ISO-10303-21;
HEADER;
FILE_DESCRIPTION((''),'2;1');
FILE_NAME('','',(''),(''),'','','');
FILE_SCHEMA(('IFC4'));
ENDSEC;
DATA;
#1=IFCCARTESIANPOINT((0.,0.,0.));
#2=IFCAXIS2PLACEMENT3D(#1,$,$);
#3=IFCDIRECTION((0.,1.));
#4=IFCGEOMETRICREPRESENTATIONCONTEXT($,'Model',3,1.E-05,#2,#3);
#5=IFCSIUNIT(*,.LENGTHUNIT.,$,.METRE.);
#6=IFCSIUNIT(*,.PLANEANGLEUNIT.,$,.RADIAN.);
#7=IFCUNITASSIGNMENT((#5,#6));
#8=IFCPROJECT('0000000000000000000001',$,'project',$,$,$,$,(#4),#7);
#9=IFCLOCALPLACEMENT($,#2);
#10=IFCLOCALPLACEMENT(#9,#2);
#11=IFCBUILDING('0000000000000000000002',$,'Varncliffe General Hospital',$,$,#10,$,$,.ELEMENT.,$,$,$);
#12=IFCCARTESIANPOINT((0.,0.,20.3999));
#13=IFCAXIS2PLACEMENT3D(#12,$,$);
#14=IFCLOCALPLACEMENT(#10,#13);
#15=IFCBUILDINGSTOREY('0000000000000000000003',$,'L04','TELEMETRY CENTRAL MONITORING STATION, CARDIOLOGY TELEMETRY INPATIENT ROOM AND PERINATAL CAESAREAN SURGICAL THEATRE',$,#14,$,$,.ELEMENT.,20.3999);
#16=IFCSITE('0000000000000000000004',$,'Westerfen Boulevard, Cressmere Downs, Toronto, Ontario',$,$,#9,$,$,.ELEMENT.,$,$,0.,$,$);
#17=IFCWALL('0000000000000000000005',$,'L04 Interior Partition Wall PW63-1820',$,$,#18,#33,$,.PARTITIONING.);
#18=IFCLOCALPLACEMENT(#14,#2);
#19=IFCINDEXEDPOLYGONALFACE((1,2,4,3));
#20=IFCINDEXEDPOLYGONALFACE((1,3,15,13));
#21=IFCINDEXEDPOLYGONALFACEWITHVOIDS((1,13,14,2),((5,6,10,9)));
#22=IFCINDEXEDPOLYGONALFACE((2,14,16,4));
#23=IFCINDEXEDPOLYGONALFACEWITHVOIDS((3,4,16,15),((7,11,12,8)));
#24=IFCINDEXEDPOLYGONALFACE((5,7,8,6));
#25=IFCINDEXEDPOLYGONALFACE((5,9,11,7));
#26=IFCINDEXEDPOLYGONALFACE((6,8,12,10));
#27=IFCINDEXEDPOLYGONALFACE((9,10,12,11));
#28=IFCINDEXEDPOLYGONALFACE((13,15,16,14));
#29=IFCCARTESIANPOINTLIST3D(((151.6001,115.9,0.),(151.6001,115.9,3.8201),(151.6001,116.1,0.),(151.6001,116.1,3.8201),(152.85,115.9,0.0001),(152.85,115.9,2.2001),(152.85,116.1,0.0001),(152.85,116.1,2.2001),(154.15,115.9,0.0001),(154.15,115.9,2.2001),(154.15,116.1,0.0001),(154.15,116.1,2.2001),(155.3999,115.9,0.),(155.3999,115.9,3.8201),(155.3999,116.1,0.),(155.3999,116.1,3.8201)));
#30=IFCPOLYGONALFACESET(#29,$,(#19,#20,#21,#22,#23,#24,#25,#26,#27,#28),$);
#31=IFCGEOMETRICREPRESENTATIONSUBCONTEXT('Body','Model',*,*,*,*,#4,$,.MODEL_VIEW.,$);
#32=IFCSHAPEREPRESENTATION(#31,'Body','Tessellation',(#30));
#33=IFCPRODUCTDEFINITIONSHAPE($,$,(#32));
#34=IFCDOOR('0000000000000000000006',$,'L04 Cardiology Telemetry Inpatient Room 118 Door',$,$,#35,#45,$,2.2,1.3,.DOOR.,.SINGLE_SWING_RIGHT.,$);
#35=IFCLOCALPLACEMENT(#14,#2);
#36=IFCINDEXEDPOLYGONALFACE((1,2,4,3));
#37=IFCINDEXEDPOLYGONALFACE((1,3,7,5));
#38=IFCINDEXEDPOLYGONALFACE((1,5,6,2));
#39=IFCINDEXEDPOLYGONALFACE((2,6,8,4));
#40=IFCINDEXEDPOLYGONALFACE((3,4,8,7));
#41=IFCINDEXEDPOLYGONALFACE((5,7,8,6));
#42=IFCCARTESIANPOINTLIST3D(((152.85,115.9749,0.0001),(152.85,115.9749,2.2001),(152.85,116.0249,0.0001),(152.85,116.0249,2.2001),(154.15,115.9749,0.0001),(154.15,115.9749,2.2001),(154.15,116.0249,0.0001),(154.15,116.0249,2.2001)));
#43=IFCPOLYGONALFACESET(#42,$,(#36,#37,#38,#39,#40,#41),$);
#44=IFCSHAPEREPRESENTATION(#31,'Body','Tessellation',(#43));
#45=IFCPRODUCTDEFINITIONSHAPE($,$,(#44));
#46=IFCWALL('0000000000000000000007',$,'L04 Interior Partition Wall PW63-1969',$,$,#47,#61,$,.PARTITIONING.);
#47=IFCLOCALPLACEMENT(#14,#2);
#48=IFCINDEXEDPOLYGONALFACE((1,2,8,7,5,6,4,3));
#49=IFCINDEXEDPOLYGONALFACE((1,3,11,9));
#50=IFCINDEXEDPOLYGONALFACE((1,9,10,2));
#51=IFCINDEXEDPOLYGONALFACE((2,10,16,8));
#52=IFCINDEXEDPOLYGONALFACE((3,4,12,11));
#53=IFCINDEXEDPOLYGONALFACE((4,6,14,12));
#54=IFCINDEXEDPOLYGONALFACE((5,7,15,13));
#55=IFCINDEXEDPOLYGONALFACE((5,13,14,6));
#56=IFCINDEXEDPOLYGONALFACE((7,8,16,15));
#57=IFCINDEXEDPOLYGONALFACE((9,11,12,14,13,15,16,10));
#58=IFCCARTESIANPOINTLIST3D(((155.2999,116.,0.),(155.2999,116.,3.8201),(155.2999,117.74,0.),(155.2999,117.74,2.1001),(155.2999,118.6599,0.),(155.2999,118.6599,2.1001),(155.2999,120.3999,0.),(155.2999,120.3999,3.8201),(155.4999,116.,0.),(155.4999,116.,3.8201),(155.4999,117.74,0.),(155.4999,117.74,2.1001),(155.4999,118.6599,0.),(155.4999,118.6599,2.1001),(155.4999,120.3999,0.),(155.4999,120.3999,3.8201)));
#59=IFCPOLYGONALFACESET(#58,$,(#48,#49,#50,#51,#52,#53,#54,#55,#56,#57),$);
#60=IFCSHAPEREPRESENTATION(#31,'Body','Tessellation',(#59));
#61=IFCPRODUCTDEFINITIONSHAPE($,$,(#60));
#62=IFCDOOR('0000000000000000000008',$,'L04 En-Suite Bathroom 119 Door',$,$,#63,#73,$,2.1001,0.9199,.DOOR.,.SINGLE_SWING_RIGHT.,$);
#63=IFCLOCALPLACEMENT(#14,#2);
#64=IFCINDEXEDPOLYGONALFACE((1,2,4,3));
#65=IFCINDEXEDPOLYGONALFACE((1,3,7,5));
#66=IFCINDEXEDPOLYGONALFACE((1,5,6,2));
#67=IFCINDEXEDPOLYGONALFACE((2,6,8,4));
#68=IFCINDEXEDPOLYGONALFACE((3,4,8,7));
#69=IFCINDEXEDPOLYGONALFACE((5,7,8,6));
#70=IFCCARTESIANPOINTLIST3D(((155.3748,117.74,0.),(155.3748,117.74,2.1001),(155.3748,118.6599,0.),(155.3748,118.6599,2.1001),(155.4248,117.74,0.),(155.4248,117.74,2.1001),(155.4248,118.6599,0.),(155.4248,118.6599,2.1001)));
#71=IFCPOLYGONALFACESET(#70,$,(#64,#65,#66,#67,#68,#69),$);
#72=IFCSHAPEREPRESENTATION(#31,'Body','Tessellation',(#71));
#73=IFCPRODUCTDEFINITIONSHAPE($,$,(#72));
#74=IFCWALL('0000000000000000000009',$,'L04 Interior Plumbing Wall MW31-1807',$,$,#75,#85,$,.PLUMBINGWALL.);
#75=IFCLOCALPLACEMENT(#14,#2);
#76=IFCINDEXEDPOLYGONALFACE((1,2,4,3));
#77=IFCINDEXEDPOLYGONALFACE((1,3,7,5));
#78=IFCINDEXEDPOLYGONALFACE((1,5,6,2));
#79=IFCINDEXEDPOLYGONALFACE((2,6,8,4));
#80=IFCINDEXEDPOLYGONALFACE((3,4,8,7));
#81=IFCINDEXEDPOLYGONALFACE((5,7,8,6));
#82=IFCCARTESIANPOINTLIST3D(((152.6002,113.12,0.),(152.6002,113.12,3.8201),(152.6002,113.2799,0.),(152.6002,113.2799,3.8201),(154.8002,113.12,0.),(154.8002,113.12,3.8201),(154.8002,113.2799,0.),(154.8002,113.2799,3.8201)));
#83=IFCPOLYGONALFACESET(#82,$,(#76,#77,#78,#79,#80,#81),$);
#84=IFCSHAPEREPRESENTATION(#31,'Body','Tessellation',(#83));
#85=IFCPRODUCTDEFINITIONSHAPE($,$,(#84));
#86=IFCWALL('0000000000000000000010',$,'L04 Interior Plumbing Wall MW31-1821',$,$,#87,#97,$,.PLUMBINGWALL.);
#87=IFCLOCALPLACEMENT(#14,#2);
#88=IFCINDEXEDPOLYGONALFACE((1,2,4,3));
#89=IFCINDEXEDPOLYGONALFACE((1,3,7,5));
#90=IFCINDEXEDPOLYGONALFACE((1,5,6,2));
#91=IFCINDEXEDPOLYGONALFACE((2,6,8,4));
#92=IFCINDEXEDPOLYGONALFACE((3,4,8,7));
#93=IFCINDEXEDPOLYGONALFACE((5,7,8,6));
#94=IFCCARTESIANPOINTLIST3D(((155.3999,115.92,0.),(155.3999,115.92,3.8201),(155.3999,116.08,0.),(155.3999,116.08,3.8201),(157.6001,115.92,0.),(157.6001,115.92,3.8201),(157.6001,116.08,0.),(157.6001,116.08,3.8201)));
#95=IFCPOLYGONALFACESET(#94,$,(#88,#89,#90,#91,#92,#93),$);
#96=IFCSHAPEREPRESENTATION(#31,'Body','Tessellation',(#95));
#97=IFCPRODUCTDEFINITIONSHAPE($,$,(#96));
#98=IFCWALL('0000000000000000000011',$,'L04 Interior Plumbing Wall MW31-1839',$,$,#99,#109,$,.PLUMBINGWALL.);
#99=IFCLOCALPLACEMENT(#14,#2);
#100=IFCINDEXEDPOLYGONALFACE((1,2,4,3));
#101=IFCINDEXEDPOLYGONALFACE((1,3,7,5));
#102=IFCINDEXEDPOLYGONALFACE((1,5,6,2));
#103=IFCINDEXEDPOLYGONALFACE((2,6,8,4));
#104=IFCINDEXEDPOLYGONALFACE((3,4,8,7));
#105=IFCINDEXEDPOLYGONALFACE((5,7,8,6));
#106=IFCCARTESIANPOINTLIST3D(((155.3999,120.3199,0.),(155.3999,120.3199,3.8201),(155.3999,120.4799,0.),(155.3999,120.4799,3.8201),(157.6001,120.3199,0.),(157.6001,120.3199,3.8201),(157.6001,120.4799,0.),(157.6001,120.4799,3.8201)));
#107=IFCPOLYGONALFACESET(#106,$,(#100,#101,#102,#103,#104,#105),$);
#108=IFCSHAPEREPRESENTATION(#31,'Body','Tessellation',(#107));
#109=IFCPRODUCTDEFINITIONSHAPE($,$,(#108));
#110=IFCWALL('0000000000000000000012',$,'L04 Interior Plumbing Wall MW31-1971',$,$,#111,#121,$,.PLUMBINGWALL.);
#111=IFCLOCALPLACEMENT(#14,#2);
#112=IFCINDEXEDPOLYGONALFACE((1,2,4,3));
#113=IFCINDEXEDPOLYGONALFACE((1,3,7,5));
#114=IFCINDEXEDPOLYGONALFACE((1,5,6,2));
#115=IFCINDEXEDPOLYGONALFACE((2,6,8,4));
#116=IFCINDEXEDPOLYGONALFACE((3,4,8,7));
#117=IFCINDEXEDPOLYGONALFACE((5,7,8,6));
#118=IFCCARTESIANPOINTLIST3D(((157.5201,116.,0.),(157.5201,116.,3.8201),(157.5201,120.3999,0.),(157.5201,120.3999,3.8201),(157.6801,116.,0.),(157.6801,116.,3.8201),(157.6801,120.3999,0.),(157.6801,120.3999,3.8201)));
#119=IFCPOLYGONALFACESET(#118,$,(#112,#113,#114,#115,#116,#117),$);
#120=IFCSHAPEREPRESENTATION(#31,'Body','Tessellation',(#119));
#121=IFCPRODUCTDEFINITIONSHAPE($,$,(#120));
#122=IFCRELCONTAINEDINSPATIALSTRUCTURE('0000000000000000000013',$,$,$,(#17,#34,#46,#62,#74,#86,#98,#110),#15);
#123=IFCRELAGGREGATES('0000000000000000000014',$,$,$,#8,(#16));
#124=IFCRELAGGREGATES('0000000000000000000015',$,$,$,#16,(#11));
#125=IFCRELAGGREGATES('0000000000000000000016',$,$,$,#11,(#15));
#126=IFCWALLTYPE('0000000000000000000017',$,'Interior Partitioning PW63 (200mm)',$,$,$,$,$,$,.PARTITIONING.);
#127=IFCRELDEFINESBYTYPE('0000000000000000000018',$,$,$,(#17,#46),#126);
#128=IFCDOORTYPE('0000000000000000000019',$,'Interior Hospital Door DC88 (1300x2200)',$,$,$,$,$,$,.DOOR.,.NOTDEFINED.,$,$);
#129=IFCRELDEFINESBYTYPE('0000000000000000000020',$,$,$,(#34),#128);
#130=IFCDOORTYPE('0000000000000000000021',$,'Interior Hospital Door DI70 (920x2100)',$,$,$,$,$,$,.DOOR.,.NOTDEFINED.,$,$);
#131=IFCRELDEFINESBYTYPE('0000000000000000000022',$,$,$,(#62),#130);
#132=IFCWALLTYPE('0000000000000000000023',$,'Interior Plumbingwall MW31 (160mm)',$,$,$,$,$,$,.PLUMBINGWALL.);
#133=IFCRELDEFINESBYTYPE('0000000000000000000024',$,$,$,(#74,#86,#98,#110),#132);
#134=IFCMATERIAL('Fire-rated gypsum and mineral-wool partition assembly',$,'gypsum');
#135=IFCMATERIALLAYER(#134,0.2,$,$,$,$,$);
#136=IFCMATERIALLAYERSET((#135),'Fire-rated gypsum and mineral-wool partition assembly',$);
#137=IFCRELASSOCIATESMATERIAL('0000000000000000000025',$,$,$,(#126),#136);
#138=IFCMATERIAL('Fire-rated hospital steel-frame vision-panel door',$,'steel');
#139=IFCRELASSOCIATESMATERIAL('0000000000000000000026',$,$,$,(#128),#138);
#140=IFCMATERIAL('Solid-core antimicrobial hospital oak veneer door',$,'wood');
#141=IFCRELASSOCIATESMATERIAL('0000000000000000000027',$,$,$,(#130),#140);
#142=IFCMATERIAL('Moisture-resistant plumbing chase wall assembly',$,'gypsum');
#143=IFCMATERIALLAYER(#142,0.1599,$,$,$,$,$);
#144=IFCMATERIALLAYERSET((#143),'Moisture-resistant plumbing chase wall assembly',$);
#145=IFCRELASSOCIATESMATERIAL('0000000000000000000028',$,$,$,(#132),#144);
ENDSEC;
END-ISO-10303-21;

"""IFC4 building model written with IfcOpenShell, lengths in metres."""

from ifc_helpers import new_model, si_unit, direction, frame, frame_2d, origin, place, context, subcontext, project, spatial, rectangle, extrude, material, layer, layer_set, type_object, element, fill, save


model = new_model("IFC4")

# Units and contexts
model_context = context("Model", 3, precision=1e-05, world=origin(), true_north=direction((0.0, 1.0)))
body_context = subcontext(model_context, "Body", "Model", "MODEL_VIEW")
ifc_project = project(units=[si_unit("LENGTHUNIT", "METRE"), si_unit("PLANEANGLEUNIT", "RADIAN")], contexts=[model_context])

# Site, building, storey
site_placement = place(None, origin())
site = spatial("IfcSite", under=ifc_project, at=site_placement, Name="Westerfen Boulevard, Cressmere Downs, Toronto, Ontario", CompositionType="ELEMENT", RefElevation=0.0)
building_placement = place(site_placement, origin())
building = spatial("IfcBuilding", under=site, at=building_placement, Name="Varncliffe General Hospital", CompositionType="ELEMENT")
storey_placement = place(building_placement, frame((0.0, 0.0, 20.3999)))
storey = spatial("IfcBuildingStorey", under=building, at=storey_placement, Name="L04", Description="TELEMETRY CENTRAL MONITORING STATION, CARDIOLOGY TELEMETRY INPATIENT ROOM AND PERINATAL CAESAREAN SURGICAL THEATRE", CompositionType="ELEMENT", Elevation=20.3999)

# Walls, openings, doors
ifc_material_1 = material(Name="Fire-rated gypsum and mineral-wool partition assembly", Category="gypsum")
ifc_layer_1 = layer(ifc_material_1, 0.2)
ifc_layer_set_1 = layer_set([ifc_layer_1], Name="Fire-rated gypsum and mineral-wool partition assembly")
wall_type_1 = type_object("IfcWallType", Name="Interior Partitioning PW63 (200mm)", PredefinedType="PARTITIONING", material=ifc_layer_set_1)
wall_1_placement = place(storey_placement, frame((151.6001, 116.0, 0.0), z_axis=(0.0, 0.0, 1.0), x_axis=(1.0, 0.0, 0.0)))
wall_1 = element("IfcWall", 1, at=wall_1_placement, inside=storey, type_object=wall_type_1, Name="L04 Interior Partition Wall PW63-1820", PredefinedType="PARTITIONING", context=body_context, shape_type="SweptSolid", body=[
    extrude(rectangle(XDim=3.7998, YDim=0.2, at=frame_2d((1.8999, 0.0))), origin(), (0.0, 0.0, 1.0), 3.8201),
])
opening_1_placement = place(wall_1_placement, frame((1.25, 0.0, 0.0)))
opening_1 = element("IfcOpeningElement", 2, at=opening_1_placement, cuts=wall_1, PredefinedType="OPENING", context=body_context, shape_type="SweptSolid", body=[
    extrude(rectangle(XDim=1.3, YDim=2.2, at=frame_2d((0.6499, 1.1001))), frame((0.0, 0.1099, 0.0), z_axis=(0.0, -1.0, 0.0), x_axis=(1.0, 0.0, 0.0)), (0.0, 0.0, 1.0), 0.22),
])
ifc_material_2 = material(Name="Fire-rated hospital steel-frame vision-panel door", Category="steel")
door_type_1 = type_object("IfcDoorType", Name="Interior Hospital Door DC88 (1300x2200)", OperationType="NOTDEFINED", PredefinedType="DOOR", material=ifc_material_2)
door_1_placement = place(opening_1_placement, origin())
door_1 = element("IfcDoor", 3, at=door_1_placement, inside=storey, type_object=door_type_1, Name="L04 Cardiology Telemetry Inpatient Room 118 Door", OperationType="SINGLE_SWING_RIGHT", OverallHeight=2.2, OverallWidth=1.3, PredefinedType="DOOR", context=body_context, shape_type="SweptSolid", body=[
    extrude(rectangle(XDim=1.3, YDim=2.2, at=frame_2d((0.6499, 1.1001))), frame((0.0, 0.0249, 0.0), z_axis=(0.0, -1.0, 0.0), x_axis=(1.0, 0.0, 0.0)), (0.0, 0.0, 1.0), 0.05),
])
fill(opening_1, door_1)
wall_2_placement = place(storey_placement, frame((155.3999, 116.0, 0.0), z_axis=(0.0, 0.0, 1.0), x_axis=(0.0, 1.0, 0.0)))
wall_2 = element("IfcWall", 4, at=wall_2_placement, inside=storey, type_object=wall_type_1, Name="L04 Interior Partition Wall PW63-1969", PredefinedType="PARTITIONING", context=body_context, shape_type="SweptSolid", body=[
    extrude(rectangle(XDim=4.3999, YDim=0.2, at=frame_2d((2.2, 0.0))), origin(), (0.0, 0.0, 1.0), 3.8201),
])
opening_2_placement = place(wall_2_placement, frame((1.74, 0.0, 0.0)))
opening_2 = element("IfcOpeningElement", 5, at=opening_2_placement, cuts=wall_2, PredefinedType="OPENING", context=body_context, shape_type="SweptSolid", body=[
    extrude(rectangle(XDim=0.9199, YDim=2.1001, at=frame_2d((0.46, 1.05))), frame((0.0, 0.1099, 0.0), z_axis=(0.0, -1.0, 0.0), x_axis=(1.0, 0.0, 0.0)), (0.0, 0.0, 1.0), 0.22),
])
ifc_material_3 = material(Name="Solid-core antimicrobial hospital oak veneer door", Category="wood")
door_type_2 = type_object("IfcDoorType", Name="Interior Hospital Door DI70 (920x2100)", OperationType="NOTDEFINED", PredefinedType="DOOR", material=ifc_material_3)
door_2_placement = place(opening_2_placement, frame((0.9199, 0.0, 0.0), z_axis=(0.0, 0.0, 1.0), x_axis=(-1.0, 0.0, 0.0)))
door_2 = element("IfcDoor", 6, at=door_2_placement, inside=storey, type_object=door_type_2, Name="L04 En-Suite Bathroom 119 Door", OperationType="SINGLE_SWING_RIGHT", OverallHeight=2.1001, OverallWidth=0.9199, PredefinedType="DOOR", context=body_context, shape_type="SweptSolid", body=[
    extrude(rectangle(XDim=0.9199, YDim=2.1001, at=frame_2d((0.46, 1.05))), frame((0.0, 0.0249, 0.0), z_axis=(0.0, -1.0, 0.0), x_axis=(1.0, 0.0, 0.0)), (0.0, 0.0, 1.0), 0.05),
])
fill(opening_2, door_2)

# Walls
ifc_material_4 = material(Name="Moisture-resistant plumbing chase wall assembly", Category="gypsum")
ifc_layer_2 = layer(ifc_material_4, 0.1599)
ifc_layer_set_2 = layer_set([ifc_layer_2], Name="Moisture-resistant plumbing chase wall assembly")
wall_type_2 = type_object("IfcWallType", Name="Interior Plumbingwall MW31 (160mm)", PredefinedType="PLUMBINGWALL", material=ifc_layer_set_2)
wall_3_placement = place(storey_placement, frame((152.6001, 113.2, 0.0), z_axis=(0.0, 0.0, 1.0), x_axis=(1.0, 0.0, 0.0)))
element("IfcWall", 7, at=wall_3_placement, inside=storey, type_object=wall_type_2, Name="L04 Interior Plumbing Wall MW31-1807", PredefinedType="PLUMBINGWALL", context=body_context, shape_type="SweptSolid", body=[
    extrude(rectangle(XDim=2.2, YDim=0.1599, at=frame_2d((1.1001, 0.0))), origin(), (0.0, 0.0, 1.0), 3.8201),
])
for number, where, z_axis, x_axis, name in (
    (8, (155.3999, 116.0, 0.0), (0.0, 0.0, 1.0), (1.0, 0.0, 0.0), "L04 Interior Plumbing Wall MW31-1821"),
    (9, (155.3999, 120.3999, 0.0), (0.0, 0.0, 1.0), (1.0, 0.0, 0.0), "L04 Interior Plumbing Wall MW31-1839"),
):
    element("IfcWall", number, at=place(storey_placement, frame(where, z_axis=z_axis, x_axis=x_axis)), inside=storey, type_object=wall_type_2, Name=name, PredefinedType="PLUMBINGWALL", context=body_context, shape_type="SweptSolid", body=[
        extrude(rectangle(XDim=2.2002, YDim=0.1599, at=frame_2d((1.1001, 0.0))), origin(), (0.0, 0.0, 1.0), 3.8201),
    ])
wall_4_placement = place(storey_placement, frame((157.6001, 116.0, 0.0), z_axis=(0.0, 0.0, 1.0), x_axis=(0.0, 1.0, 0.0)))
element("IfcWall", 10, at=wall_4_placement, inside=storey, type_object=wall_type_2, Name="L04 Interior Plumbing Wall MW31-1971", PredefinedType="PLUMBINGWALL", context=body_context, shape_type="SweptSolid", body=[
    extrude(rectangle(XDim=4.3999, YDim=0.1599, at=frame_2d((2.2, 0.0))), origin(), (0.0, 0.0, 1.0), 3.8201),
])

save(model, "model.ifc")
